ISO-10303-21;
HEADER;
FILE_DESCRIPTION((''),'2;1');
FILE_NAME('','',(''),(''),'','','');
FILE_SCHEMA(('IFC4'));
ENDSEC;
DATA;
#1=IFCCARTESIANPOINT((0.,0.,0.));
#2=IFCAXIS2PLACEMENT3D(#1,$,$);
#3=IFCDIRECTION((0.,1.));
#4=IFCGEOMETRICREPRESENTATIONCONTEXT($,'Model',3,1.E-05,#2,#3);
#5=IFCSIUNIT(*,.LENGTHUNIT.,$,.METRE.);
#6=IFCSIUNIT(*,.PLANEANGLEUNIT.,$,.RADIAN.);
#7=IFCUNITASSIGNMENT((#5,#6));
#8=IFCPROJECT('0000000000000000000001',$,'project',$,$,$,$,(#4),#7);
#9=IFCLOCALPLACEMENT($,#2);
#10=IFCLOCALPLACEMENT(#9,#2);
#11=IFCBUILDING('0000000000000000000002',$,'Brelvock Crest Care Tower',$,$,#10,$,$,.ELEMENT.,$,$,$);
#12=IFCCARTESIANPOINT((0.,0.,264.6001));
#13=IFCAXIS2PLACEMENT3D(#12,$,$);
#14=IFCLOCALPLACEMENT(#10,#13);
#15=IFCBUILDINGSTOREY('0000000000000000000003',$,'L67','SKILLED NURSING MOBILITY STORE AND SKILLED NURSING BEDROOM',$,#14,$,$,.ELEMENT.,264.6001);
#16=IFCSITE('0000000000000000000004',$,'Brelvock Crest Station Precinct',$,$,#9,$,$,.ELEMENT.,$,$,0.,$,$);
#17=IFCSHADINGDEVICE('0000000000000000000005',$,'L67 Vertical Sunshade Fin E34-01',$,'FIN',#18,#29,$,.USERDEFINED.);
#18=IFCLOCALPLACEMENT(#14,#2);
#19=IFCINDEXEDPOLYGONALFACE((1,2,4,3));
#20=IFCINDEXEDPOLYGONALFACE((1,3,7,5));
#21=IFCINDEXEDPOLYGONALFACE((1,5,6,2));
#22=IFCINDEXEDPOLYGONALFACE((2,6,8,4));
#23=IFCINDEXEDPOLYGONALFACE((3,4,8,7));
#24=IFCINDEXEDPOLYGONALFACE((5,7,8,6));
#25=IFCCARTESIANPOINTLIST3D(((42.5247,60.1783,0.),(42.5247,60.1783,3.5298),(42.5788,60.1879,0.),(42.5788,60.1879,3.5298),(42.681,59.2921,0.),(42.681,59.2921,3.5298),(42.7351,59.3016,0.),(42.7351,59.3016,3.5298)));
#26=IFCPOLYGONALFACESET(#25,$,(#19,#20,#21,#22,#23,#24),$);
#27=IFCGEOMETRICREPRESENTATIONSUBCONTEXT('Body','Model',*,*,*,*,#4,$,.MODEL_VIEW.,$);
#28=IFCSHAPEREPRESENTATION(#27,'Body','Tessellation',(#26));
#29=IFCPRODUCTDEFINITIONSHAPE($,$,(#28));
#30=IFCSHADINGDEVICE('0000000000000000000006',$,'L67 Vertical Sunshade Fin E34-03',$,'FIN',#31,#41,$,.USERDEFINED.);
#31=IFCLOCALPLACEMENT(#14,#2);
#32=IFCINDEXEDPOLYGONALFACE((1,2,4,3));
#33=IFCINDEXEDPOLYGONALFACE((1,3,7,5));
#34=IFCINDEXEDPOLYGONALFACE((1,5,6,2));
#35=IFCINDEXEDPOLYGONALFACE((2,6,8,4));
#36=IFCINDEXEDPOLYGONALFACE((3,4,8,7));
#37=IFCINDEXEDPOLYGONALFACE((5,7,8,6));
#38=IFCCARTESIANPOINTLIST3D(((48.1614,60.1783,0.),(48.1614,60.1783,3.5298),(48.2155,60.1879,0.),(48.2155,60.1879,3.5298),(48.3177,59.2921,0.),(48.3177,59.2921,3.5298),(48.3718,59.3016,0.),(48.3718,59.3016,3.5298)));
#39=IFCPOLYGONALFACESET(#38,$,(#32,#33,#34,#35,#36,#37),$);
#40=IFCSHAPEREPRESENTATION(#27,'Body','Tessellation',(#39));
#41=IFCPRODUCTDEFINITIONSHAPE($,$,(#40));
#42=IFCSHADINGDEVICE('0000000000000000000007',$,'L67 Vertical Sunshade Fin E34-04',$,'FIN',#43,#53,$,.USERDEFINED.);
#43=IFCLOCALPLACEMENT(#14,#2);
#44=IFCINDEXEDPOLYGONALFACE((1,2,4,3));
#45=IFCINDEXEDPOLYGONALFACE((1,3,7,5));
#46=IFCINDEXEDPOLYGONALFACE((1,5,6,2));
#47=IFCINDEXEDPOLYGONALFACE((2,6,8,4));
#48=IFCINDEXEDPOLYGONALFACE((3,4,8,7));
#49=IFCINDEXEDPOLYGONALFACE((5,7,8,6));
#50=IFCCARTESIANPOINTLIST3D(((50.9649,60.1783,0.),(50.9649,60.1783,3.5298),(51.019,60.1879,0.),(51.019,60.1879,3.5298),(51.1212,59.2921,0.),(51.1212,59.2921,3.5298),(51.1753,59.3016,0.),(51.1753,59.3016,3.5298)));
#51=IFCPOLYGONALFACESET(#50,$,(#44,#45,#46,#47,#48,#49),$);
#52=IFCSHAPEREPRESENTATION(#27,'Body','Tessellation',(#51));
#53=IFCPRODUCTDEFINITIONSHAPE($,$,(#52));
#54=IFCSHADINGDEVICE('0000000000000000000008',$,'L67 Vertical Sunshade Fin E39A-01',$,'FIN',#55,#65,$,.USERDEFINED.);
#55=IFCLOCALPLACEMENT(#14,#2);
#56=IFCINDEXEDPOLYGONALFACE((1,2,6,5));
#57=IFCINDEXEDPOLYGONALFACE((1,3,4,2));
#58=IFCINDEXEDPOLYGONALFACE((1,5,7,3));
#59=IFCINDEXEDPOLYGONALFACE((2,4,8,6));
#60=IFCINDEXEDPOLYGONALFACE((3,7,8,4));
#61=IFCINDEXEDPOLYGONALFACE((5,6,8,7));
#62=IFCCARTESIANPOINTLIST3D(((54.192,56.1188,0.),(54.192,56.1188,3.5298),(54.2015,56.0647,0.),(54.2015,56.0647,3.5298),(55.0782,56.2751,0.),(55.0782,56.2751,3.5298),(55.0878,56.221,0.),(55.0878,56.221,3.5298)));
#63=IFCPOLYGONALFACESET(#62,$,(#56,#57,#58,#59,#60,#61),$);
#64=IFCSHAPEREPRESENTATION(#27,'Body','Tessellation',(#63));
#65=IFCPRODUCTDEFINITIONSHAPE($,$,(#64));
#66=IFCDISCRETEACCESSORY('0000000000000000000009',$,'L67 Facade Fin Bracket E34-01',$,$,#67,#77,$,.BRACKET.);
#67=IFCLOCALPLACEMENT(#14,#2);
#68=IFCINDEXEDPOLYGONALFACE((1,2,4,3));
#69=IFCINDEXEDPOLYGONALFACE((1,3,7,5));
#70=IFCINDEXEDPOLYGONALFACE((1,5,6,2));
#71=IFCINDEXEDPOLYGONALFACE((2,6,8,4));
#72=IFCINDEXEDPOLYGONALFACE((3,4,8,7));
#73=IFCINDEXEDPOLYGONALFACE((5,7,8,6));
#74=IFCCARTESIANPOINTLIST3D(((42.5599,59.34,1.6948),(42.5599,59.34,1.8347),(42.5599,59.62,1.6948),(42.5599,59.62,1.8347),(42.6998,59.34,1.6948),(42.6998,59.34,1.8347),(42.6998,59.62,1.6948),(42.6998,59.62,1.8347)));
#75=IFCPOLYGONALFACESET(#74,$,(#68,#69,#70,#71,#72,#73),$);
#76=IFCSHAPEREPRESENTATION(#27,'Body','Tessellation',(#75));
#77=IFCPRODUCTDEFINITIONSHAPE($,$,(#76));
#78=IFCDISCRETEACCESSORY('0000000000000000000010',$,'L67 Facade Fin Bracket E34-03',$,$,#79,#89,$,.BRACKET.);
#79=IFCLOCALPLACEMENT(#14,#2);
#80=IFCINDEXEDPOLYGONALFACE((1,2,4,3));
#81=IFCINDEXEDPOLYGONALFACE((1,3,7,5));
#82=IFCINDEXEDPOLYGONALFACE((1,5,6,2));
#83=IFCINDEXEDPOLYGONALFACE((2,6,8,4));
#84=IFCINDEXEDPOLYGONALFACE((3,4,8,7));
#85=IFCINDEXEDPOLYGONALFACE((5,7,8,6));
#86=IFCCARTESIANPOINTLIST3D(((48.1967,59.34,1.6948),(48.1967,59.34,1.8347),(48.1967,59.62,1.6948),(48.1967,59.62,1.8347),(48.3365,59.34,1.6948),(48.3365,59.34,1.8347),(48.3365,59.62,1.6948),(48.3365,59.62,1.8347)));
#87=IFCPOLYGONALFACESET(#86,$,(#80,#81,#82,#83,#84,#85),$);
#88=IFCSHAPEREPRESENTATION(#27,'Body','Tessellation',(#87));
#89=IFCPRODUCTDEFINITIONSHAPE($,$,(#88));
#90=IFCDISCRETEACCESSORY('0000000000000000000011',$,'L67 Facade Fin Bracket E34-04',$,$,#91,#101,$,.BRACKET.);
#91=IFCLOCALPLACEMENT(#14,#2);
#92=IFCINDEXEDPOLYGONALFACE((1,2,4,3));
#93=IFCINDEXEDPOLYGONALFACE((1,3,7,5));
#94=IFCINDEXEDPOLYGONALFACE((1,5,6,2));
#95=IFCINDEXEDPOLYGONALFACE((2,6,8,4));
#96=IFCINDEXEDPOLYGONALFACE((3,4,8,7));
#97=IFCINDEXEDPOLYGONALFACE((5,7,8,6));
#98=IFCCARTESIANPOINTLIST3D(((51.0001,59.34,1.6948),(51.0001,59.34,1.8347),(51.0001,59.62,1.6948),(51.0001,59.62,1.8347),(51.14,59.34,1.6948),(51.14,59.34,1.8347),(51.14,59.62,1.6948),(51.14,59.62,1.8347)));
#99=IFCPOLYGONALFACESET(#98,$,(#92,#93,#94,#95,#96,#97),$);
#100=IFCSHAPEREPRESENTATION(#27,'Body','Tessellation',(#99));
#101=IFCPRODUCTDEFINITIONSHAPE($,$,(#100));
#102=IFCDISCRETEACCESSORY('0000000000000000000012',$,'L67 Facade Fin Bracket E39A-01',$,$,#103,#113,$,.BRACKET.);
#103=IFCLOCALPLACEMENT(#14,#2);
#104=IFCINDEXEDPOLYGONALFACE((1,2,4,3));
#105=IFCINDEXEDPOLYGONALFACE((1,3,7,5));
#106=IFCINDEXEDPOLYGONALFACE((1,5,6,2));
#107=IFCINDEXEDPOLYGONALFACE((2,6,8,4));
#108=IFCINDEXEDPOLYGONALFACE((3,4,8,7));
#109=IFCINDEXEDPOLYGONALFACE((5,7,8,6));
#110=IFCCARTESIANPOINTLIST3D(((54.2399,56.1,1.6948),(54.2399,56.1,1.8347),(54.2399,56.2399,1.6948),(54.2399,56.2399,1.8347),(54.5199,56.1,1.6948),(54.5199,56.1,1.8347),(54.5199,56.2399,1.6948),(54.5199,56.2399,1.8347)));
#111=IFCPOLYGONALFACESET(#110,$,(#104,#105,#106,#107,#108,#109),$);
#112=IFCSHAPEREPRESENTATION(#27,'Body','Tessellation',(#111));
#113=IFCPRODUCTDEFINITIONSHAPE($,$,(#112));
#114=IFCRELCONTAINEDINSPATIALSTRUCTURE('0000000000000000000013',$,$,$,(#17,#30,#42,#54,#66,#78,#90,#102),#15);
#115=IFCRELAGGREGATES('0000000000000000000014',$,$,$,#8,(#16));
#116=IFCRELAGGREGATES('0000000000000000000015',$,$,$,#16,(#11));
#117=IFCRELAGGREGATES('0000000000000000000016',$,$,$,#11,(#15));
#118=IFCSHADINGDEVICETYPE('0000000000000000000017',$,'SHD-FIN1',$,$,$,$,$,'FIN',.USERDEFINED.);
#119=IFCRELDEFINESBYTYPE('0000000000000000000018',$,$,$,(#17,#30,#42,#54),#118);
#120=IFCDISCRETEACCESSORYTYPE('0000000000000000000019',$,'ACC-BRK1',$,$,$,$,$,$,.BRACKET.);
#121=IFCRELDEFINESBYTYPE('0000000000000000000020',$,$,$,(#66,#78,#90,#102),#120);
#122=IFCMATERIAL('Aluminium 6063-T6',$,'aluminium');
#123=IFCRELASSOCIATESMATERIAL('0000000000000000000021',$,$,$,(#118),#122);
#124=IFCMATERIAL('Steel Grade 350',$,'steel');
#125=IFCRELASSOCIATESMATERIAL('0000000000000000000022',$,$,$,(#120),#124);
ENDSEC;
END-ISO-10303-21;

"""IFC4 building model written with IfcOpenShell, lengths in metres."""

from ifc_helpers import new_model, si_unit, direction, frame, origin, origin_2d, place, context, subcontext, project, spatial, rectangle, extrude, source, transform, mapped, material, material_profile, profile_set, type_object, element, save


model = new_model("IFC4")

# Units and contexts
model_context = context("Model", 3, precision=1e-05, world=origin(), true_north=direction((0.0, 1.0)))
body_context = subcontext(model_context, "Body", "Model", "MODEL_VIEW")
ifc_project = project(units=[si_unit("LENGTHUNIT", "METRE"), si_unit("PLANEANGLEUNIT", "RADIAN")], contexts=[model_context])

# Site, building, storey
site_placement = place(None, origin())
site = spatial("IfcSite", under=ifc_project, at=site_placement, Name="Brelvock Crest Station Precinct", CompositionType="ELEMENT", RefElevation=0.0)
building_placement = place(site_placement, origin())
building = spatial("IfcBuilding", under=site, at=building_placement, Name="Brelvock Crest Care Tower", CompositionType="ELEMENT")
storey_placement = place(building_placement, frame((0.0, 0.0, 264.6001)))
storey = spatial("IfcBuildingStorey", under=building, at=storey_placement, Name="L67", Description="SKILLED NURSING MOBILITY STORE AND SKILLED NURSING BEDROOM", CompositionType="ELEMENT", Elevation=264.6001)

# Shared definitions
ifc_material_1 = material(Name="Aluminium 6063-T6", Category="aluminium")

# Shading devices
ifc_material_profile_1 = material_profile(ifc_material_1, rectangle(XDim=0.0549, YDim=0.8999, at=origin_2d()), Name="FIN55x900")
ifc_profile_set_1 = profile_set([ifc_material_profile_1], Name="Aluminium 6063-T6")
shading_device_type = type_object("IfcShadingDeviceType", Name="SHD-FIN1", ElementType="FIN", PredefinedType="USERDEFINED", material=ifc_profile_set_1)
shared_shape_1 = source(origin(), body_context, "Body", "SweptSolid", [
    extrude(rectangle(XDim=0.0549, YDim=0.8999, at=origin_2d()), origin(), (0.0, 0.0, 1.0), 3.5298),
])
for number, where, z_axis, x_axis, name in (
    (1, (42.6299, 59.74, 0.0), (0.0, 0.0, 1.0), (0.984808, 0.173648, 0.0), "L67 Vertical Sunshade Fin E34-01"),
    (2, (48.2666, 59.74, 0.0), (0.0, 0.0, 1.0), (0.984808, 0.173648, 0.0), "L67 Vertical Sunshade Fin E34-03"),
    (3, (51.0701, 59.74, 0.0), (0.0, 0.0, 1.0), (0.984808, 0.173648, 0.0), "L67 Vertical Sunshade Fin E34-04"),
    (4, (54.6399, 56.1699, 0.0), (0.0, 0.0, 1.0), (0.173648, -0.984808, 0.0), "L67 Vertical Sunshade Fin E39A-01"),
):
    element("IfcShadingDevice", number, at=place(storey_placement, frame(where, z_axis=z_axis, x_axis=x_axis)), inside=storey, type_object=shading_device_type, Name=name, ObjectType="FIN", PredefinedType="USERDEFINED", context=body_context, shape_type="MappedRepresentation", body=[
        mapped(shared_shape_1, transform((0.0, 0.0, 0.0), x_axis=(1.0, 0.0, 0.0), y_axis=(0.0, 1.0, 0.0), z_axis=(0.0, 0.0, 1.0), scale=1.0)),
    ])

# Discrete accessories
ifc_material_2 = material(Name="Steel Grade 350", Category="steel")
discrete_accessory_type = type_object("IfcDiscreteAccessoryType", Name="ACC-BRK1", PredefinedType="BRACKET", material=ifc_material_2)
shared_shape_2 = source(origin(), body_context, "Body", "SweptSolid", [
    extrude(rectangle(XDim=0.28, YDim=0.1399, at=origin_2d()), origin(), (0.0, 0.0, 1.0), 0.1399),
])
for number, where, z_axis, x_axis, name in (
    (5, (42.6299, 59.48, 1.6948), (0.0, 0.0, 1.0), (0.0, 1.0, 0.0), "L67 Facade Fin Bracket E34-01"),
    (6, (48.2666, 59.48, 1.6948), (0.0, 0.0, 1.0), (0.0, 1.0, 0.0), "L67 Facade Fin Bracket E34-03"),
    (7, (51.0701, 59.48, 1.6948), (0.0, 0.0, 1.0), (0.0, 1.0, 0.0), "L67 Facade Fin Bracket E34-04"),
    (8, (54.3799, 56.1699, 1.6948), (0.0, 0.0, 1.0), (1.0, 0.0, 0.0), "L67 Facade Fin Bracket E39A-01"),
):
    element("IfcDiscreteAccessory", number, at=place(storey_placement, frame(where, z_axis=z_axis, x_axis=x_axis)), inside=storey, type_object=discrete_accessory_type, Name=name, PredefinedType="BRACKET", context=body_context, shape_type="MappedRepresentation", body=[
        mapped(shared_shape_2, transform((0.0, 0.0, 0.0), x_axis=(1.0, 0.0, 0.0), y_axis=(0.0, 1.0, 0.0), z_axis=(0.0, 0.0, 1.0), scale=1.0)),
    ])

save(model, "model.ifc")
